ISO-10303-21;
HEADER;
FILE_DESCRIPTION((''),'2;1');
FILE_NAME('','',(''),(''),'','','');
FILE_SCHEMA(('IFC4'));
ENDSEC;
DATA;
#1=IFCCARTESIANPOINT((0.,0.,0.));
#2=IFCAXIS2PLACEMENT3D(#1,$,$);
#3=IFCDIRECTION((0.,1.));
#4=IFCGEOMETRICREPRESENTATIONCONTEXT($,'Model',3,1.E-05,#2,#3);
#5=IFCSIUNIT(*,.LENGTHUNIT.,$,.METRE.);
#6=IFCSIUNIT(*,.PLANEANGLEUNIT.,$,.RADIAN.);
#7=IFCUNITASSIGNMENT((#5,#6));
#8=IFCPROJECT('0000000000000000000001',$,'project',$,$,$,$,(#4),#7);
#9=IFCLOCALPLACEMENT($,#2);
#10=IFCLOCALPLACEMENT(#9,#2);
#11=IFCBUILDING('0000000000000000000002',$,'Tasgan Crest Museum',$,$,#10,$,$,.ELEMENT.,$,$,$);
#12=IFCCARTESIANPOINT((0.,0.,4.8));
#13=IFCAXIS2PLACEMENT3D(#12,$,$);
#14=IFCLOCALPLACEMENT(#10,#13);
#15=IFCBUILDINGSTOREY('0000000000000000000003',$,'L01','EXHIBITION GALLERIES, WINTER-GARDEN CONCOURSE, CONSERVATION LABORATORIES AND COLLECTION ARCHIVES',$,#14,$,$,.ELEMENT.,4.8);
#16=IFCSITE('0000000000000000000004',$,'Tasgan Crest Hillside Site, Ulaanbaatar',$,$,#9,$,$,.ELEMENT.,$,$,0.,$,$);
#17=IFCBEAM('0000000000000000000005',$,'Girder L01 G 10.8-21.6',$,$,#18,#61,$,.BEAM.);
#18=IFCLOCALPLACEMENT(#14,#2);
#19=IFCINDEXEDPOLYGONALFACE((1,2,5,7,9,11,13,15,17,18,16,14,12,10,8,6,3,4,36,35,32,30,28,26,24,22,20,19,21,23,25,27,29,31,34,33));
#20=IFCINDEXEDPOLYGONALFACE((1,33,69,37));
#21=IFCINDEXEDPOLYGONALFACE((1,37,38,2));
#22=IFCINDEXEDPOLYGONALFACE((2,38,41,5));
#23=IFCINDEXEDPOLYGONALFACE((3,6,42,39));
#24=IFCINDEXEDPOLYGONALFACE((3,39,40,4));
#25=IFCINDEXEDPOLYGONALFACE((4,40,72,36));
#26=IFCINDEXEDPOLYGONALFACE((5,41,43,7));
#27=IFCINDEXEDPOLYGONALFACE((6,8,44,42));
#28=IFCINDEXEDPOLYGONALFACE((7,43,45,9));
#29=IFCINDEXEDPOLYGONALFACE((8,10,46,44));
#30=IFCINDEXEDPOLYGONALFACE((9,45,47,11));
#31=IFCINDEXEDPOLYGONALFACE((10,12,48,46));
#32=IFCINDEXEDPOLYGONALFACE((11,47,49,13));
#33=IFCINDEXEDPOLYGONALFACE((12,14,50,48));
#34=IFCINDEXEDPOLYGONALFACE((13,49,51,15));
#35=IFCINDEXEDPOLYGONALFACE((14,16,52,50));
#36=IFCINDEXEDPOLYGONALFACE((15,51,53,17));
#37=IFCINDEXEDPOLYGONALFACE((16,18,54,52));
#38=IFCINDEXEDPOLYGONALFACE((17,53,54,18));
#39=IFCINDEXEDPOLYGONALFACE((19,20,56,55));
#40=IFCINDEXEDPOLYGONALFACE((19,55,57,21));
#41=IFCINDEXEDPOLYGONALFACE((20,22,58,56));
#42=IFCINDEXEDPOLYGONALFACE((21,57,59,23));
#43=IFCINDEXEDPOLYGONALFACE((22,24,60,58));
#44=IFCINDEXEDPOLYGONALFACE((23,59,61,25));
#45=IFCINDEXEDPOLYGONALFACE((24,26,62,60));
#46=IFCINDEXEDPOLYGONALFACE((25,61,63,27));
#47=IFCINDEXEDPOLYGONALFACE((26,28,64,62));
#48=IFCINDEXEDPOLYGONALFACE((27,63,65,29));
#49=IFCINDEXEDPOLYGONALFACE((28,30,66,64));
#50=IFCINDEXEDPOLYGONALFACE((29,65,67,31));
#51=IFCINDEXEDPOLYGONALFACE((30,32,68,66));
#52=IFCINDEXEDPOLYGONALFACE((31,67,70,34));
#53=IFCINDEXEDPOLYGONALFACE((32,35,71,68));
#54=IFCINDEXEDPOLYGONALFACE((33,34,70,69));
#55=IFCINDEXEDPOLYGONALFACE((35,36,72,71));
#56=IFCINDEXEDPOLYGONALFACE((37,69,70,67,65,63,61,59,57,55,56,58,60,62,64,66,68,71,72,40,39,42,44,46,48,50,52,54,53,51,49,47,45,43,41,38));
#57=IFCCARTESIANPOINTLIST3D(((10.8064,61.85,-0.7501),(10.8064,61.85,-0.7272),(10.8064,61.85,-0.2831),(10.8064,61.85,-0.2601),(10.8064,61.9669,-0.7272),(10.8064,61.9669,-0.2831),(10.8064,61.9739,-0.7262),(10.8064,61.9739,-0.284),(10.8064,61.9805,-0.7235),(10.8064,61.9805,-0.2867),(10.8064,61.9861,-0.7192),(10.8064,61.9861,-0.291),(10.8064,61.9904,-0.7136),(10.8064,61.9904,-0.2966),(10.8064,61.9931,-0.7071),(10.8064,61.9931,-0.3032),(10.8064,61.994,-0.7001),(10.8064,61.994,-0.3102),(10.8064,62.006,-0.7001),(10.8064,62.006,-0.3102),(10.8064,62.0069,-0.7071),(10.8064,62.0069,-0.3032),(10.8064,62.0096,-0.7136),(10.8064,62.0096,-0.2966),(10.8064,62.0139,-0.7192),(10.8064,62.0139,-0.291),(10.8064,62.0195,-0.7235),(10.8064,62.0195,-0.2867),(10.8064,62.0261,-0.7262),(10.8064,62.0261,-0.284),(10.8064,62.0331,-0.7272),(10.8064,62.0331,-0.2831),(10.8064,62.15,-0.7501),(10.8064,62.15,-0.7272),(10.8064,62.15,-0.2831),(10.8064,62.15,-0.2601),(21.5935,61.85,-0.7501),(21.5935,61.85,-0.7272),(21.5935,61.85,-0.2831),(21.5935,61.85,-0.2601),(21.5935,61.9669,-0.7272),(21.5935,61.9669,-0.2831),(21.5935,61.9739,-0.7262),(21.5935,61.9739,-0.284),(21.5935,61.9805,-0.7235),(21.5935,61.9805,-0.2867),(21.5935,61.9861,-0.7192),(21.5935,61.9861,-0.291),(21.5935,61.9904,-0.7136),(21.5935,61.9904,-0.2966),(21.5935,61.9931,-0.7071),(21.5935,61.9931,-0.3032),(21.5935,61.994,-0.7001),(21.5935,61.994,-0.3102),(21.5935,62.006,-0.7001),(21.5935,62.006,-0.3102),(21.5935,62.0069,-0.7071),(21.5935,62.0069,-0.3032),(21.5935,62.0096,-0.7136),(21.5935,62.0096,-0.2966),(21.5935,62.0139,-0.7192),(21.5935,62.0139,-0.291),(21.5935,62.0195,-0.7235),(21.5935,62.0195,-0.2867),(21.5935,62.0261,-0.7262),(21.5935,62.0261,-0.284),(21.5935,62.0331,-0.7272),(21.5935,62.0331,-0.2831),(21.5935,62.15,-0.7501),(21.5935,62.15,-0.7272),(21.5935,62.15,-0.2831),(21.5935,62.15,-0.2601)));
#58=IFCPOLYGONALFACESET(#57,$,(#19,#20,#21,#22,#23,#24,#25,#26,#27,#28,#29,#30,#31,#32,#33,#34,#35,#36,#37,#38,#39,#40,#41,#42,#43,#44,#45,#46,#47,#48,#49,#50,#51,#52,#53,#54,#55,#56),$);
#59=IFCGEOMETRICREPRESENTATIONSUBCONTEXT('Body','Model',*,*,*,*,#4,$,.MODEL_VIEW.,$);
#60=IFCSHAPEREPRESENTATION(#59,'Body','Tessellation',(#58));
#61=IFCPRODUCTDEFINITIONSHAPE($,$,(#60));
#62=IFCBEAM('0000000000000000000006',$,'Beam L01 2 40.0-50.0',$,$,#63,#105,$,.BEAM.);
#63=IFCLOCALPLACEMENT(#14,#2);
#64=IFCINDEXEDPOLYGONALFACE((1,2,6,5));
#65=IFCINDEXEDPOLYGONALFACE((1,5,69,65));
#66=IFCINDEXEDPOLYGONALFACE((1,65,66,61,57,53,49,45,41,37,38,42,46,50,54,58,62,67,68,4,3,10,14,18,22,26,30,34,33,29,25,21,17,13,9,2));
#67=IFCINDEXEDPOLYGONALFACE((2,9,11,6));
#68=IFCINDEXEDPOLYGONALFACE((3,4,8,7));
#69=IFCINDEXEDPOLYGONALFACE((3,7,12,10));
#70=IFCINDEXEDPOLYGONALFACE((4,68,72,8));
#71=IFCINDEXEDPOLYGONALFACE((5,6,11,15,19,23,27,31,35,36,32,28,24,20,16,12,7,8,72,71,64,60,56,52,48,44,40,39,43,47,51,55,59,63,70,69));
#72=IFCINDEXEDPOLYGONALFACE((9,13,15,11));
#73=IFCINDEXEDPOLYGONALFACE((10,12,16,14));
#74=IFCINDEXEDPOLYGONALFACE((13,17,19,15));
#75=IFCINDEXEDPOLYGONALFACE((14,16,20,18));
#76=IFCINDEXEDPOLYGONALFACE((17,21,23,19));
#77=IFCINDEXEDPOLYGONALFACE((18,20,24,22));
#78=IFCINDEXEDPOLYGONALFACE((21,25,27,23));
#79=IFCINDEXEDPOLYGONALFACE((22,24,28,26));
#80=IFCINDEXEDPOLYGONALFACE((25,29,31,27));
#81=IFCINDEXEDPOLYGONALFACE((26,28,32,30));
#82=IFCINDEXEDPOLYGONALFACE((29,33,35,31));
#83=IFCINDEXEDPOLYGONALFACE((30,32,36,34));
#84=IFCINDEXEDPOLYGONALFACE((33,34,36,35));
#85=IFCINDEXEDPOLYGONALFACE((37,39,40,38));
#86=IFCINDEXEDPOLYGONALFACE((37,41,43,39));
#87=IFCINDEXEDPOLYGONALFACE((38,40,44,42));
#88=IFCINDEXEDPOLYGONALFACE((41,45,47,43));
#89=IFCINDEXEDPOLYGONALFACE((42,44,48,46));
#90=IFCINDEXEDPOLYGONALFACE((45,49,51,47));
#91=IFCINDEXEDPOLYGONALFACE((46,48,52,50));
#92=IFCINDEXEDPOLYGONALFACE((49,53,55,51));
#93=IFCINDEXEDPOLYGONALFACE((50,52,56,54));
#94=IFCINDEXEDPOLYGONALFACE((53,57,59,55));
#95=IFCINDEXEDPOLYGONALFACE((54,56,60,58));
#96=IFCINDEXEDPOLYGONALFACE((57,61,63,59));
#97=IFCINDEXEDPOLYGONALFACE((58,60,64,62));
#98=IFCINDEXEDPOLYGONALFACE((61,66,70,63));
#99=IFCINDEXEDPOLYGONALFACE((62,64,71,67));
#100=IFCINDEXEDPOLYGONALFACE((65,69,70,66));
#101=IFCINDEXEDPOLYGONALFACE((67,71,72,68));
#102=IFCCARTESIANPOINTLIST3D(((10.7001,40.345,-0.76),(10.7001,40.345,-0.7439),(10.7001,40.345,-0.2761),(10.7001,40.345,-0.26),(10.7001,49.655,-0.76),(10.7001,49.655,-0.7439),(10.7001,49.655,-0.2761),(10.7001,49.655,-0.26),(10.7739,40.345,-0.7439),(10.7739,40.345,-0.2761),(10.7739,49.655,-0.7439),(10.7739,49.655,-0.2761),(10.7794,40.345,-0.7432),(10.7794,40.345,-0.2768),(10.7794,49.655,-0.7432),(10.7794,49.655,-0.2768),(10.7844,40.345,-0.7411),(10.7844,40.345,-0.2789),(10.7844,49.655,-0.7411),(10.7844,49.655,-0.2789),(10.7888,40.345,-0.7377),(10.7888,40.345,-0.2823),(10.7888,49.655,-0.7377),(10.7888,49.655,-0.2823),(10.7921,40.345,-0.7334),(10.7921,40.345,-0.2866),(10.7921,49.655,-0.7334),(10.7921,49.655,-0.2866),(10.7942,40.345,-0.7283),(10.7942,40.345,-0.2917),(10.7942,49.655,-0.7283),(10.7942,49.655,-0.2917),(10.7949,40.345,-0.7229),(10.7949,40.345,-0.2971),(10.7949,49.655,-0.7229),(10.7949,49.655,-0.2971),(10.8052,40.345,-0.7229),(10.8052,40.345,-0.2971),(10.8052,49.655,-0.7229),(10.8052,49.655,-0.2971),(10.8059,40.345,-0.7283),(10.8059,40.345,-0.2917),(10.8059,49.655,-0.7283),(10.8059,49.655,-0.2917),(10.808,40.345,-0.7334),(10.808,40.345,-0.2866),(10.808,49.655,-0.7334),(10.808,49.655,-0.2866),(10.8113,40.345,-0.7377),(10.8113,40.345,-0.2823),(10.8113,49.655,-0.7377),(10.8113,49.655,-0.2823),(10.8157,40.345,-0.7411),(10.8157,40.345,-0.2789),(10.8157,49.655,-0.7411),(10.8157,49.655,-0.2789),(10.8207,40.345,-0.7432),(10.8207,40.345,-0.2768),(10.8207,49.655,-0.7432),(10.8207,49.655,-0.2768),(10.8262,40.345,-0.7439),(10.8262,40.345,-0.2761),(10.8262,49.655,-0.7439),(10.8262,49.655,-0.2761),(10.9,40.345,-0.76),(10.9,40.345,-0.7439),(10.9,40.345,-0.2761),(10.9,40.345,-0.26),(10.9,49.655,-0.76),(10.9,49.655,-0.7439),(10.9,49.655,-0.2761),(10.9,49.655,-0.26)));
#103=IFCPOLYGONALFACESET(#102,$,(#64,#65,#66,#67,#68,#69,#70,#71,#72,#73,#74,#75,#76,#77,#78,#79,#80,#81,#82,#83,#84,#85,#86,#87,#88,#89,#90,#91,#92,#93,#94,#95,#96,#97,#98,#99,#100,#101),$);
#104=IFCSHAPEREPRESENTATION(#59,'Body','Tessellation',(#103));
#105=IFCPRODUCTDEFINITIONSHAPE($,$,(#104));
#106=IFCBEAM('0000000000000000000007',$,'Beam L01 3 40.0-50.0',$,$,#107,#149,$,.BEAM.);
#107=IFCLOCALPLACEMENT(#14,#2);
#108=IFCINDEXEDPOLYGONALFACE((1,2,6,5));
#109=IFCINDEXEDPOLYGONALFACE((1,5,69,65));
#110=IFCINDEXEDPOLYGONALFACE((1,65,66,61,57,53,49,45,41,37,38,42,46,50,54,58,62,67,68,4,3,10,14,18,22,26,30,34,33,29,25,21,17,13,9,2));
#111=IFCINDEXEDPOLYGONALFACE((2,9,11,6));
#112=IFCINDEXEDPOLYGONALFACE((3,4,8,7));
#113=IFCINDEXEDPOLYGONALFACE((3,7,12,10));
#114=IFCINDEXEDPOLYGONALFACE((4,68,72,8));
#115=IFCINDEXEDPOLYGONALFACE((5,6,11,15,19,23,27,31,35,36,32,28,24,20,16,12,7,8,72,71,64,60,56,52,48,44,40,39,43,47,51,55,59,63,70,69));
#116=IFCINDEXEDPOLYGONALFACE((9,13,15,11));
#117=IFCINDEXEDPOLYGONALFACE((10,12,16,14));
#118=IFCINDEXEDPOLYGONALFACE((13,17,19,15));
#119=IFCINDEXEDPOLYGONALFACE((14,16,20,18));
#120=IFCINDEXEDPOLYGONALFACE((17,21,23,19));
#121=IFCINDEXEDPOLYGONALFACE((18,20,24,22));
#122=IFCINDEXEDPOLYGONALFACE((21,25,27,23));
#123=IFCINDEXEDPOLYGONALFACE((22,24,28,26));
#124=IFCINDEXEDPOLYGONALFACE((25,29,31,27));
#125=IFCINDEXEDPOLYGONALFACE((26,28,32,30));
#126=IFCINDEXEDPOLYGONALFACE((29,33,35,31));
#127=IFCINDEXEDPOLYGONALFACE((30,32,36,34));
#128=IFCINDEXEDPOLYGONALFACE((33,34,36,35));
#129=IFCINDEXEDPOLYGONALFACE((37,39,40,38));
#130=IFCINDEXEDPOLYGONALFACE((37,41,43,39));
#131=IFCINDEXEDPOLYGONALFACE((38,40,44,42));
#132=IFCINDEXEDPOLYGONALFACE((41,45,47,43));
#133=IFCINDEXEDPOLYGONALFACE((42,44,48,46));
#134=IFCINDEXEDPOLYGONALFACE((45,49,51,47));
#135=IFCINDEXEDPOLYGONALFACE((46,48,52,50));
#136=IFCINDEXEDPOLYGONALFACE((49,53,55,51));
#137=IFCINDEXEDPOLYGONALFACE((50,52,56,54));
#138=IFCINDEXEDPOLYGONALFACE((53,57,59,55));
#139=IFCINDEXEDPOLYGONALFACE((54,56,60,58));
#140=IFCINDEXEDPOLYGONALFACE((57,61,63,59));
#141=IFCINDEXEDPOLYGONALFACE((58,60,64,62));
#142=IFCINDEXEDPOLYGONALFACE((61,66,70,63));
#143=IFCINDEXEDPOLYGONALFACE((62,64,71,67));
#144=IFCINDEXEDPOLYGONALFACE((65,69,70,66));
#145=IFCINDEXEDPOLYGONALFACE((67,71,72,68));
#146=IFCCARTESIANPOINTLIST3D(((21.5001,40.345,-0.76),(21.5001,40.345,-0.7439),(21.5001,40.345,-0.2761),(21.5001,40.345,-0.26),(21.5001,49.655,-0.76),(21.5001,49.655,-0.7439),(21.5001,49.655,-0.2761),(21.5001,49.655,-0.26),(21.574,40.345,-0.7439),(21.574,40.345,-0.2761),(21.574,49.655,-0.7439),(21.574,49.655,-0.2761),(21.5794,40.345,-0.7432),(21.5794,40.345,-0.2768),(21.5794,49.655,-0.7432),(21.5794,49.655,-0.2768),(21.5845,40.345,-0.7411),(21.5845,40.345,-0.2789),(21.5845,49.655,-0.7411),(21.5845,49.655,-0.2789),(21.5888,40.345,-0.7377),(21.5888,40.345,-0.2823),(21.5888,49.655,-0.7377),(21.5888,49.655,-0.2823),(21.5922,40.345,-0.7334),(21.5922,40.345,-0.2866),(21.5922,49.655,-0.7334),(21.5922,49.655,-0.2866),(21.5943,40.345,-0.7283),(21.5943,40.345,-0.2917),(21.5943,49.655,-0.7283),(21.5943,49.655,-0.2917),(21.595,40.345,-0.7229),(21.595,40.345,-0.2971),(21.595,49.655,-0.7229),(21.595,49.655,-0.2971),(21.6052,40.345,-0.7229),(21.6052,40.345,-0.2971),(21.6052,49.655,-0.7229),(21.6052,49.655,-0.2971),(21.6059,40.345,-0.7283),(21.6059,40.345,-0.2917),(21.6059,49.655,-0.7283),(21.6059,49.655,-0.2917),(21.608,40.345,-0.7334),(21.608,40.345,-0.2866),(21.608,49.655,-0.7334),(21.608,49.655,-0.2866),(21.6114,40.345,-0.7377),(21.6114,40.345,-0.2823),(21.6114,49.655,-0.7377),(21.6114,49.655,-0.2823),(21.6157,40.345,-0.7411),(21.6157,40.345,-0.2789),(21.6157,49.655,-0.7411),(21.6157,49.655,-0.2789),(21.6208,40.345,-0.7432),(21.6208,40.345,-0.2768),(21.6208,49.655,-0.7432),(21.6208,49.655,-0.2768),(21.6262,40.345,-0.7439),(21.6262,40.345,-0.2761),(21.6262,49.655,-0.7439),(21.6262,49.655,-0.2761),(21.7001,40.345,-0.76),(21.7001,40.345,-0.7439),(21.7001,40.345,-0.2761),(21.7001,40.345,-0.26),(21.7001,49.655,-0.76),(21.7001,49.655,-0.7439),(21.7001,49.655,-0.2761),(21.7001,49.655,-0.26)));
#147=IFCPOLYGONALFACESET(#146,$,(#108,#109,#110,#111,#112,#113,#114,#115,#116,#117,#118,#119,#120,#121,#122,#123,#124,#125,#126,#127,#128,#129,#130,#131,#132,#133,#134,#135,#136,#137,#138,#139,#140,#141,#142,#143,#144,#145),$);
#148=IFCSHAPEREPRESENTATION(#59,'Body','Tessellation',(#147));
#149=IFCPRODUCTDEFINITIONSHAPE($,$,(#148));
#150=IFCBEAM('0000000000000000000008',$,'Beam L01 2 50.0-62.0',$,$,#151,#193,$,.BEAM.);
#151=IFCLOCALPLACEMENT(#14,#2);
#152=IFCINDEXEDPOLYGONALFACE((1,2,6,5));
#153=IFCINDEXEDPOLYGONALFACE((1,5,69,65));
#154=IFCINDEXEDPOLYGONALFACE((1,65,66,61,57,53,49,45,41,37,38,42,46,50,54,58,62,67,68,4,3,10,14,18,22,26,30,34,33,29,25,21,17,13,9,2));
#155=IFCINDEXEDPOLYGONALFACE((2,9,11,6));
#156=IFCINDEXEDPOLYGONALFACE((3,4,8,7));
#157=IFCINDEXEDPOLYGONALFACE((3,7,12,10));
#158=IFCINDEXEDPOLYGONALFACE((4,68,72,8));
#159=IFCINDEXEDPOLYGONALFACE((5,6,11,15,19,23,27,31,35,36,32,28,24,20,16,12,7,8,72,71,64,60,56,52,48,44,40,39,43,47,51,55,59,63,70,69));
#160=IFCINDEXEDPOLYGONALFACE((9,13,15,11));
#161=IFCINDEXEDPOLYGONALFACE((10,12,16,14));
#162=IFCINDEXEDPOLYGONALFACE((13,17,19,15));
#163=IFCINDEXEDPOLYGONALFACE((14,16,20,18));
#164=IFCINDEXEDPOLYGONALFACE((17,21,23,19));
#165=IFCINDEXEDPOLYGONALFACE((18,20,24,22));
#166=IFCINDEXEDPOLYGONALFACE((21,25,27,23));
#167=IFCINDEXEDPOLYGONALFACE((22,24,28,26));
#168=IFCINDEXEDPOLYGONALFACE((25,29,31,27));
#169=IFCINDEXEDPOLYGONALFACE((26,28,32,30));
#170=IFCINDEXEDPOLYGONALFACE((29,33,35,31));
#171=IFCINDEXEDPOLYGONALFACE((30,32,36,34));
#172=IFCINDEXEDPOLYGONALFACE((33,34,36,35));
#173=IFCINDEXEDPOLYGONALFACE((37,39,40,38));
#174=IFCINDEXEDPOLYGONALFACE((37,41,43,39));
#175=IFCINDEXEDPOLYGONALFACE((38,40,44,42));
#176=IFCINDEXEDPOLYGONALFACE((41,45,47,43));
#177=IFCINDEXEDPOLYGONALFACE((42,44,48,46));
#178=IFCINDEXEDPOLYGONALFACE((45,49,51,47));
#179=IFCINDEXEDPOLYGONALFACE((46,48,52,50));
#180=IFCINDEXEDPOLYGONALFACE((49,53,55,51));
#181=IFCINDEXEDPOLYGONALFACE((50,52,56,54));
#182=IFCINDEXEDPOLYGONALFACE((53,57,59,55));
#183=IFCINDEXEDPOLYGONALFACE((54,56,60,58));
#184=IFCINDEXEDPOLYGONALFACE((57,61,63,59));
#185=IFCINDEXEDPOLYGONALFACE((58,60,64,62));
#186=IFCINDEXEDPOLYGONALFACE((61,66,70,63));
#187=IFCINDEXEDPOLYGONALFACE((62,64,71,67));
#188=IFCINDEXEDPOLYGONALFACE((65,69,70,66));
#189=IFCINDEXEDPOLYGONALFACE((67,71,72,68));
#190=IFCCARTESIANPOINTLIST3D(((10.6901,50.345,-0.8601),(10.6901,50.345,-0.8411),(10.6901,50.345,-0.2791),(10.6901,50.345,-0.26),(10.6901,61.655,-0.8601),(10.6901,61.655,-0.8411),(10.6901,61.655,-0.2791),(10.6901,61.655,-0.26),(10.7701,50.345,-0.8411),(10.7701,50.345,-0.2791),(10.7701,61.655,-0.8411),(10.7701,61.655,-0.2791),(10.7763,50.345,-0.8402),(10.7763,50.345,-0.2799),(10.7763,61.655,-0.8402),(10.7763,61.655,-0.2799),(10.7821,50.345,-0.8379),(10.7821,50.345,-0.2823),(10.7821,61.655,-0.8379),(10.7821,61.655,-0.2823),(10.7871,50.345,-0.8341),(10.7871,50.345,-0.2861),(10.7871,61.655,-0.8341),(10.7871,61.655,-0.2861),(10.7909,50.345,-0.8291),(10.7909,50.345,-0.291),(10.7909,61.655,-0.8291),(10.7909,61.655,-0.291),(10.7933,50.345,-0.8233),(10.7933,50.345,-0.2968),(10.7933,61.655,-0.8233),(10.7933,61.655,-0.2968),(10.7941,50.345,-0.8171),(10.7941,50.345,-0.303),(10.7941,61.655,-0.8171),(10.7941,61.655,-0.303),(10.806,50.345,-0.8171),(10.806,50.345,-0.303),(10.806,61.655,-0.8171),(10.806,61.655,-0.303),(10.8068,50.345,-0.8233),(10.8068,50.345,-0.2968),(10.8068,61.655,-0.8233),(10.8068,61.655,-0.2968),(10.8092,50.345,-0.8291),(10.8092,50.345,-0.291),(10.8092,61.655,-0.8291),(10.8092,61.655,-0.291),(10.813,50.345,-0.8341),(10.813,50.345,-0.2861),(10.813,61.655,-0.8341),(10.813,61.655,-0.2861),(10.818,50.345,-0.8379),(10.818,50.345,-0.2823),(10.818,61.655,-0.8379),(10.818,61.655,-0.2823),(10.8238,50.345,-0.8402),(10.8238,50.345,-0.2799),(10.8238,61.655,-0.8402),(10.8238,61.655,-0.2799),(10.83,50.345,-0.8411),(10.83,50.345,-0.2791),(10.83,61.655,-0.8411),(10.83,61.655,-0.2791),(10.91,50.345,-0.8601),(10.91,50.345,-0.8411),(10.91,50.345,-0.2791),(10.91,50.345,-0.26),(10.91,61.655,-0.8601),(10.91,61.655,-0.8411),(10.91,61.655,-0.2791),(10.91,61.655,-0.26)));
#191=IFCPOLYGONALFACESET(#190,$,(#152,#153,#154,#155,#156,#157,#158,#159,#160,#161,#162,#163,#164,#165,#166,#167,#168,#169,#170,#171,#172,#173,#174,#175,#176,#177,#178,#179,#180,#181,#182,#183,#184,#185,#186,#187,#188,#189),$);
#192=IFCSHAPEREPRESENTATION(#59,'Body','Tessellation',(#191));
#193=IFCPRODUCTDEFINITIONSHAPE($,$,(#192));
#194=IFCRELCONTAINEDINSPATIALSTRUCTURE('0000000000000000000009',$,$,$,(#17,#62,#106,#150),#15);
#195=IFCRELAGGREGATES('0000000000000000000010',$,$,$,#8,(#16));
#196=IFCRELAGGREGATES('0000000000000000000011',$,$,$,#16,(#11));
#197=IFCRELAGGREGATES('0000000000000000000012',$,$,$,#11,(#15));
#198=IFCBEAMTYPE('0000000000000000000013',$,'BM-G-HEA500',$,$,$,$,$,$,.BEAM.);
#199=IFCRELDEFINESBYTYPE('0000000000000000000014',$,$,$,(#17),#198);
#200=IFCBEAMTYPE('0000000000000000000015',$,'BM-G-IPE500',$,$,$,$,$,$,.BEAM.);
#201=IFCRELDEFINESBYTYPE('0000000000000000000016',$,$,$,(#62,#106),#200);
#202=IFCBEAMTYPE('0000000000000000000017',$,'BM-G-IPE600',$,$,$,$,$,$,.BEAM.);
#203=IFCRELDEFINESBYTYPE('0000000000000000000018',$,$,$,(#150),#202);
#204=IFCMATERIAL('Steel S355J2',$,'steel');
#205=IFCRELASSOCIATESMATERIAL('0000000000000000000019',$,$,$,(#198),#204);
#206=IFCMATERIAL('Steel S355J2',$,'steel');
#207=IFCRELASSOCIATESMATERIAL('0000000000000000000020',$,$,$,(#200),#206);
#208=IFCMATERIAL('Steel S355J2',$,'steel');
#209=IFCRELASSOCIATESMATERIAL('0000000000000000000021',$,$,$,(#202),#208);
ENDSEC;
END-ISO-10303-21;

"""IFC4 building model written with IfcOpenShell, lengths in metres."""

from ifc_helpers import new_model, si_unit, direction, frame, origin, origin_2d, place, context, subcontext, project, spatial, i_section, extrude, material, material_profile, profile_set, type_object, element, save


model = new_model("IFC4")

# Units and contexts
model_context = context("Model", 3, precision=1e-05, world=origin(), true_north=direction((0.0, 1.0)))
body_context = subcontext(model_context, "Body", "Model", "MODEL_VIEW")
ifc_project = project(units=[si_unit("LENGTHUNIT", "METRE"), si_unit("PLANEANGLEUNIT", "RADIAN")], contexts=[model_context])

# Site, building, storey
site_placement = place(None, origin())
site = spatial("IfcSite", under=ifc_project, at=site_placement, Name="Tasgan Crest Hillside Site, Ulaanbaatar", CompositionType="ELEMENT", RefElevation=0.0)
building_placement = place(site_placement, origin())
building = spatial("IfcBuilding", under=site, at=building_placement, Name="Tasgan Crest Museum", CompositionType="ELEMENT")
storey_placement = place(building_placement, frame((0.0, 0.0, 4.8)))
storey = spatial("IfcBuildingStorey", under=building, at=storey_placement, Name="L01", Description="EXHIBITION GALLERIES, WINTER-GARDEN CONCOURSE, CONSERVATION LABORATORIES AND COLLECTION ARCHIVES", CompositionType="ELEMENT", Elevation=4.8)

# Beams
ifc_material_1 = material(Name="Steel S355J2", Category="steel")
ifc_material_profile_1 = material_profile(ifc_material_1, i_section(OverallWidth=0.3, OverallDepth=0.49, WebThickness=0.012, FlangeThickness=0.0229, FilletRadius=0.0271, at=origin_2d()), Name="HEA 500")
ifc_profile_set_1 = profile_set([ifc_material_profile_1], Name="Steel S355J2")
beam_type_1 = type_object("IfcBeamType", Name="BM-G-HEA500", PredefinedType="BEAM", material=ifc_profile_set_1)
for number, where, z_axis, x_axis, name in (
    (1, (10.8064, 62.0, -0.5051), (1.0, 0.0, 0.0), (0.0, 1.0, 0.0), "Girder L01 G 10.8-21.6"),
):
    element("IfcBeam", number, at=place(storey_placement, frame(where, z_axis=z_axis, x_axis=x_axis)), inside=storey, type_object=beam_type_1, Name=name, PredefinedType="BEAM", context=body_context, shape_type="SweptSolid", body=[
        extrude(i_section(OverallWidth=0.3, OverallDepth=0.49, WebThickness=0.012, FlangeThickness=0.0229, FilletRadius=0.0271, at=origin_2d()), origin(), (0.0, 0.0, 1.0), 10.7871),
    ])
ifc_material_2 = material(Name="Steel S355J2", Category="steel")
ifc_material_profile_2 = material_profile(ifc_material_2, i_section(OverallWidth=0.2, OverallDepth=0.5, WebThickness=0.0103, FlangeThickness=0.0161, FilletRadius=0.021, at=origin_2d()), Name="IPE 500")
ifc_profile_set_2 = profile_set([ifc_material_profile_2], Name="Steel S355J2")
beam_type_2 = type_object("IfcBeamType", Name="BM-G-IPE500", PredefinedType="BEAM", material=ifc_profile_set_2)
for number, where, z_axis, x_axis, name in (
    (2, (10.8, 40.345, -0.51), (0.0, 1.0, 0.0), (-1.0, 0.0, 0.0), "Beam L01 2 40.0-50.0"),
    (3, (21.6001, 40.345, -0.51), (0.0, 1.0, 0.0), (-1.0, 0.0, 0.0), "Beam L01 3 40.0-50.0"),
):
    element("IfcBeam", number, at=place(storey_placement, frame(where, z_axis=z_axis, x_axis=x_axis)), inside=storey, type_object=beam_type_2, Name=name, PredefinedType="BEAM", context=body_context, shape_type="SweptSolid", body=[
        extrude(i_section(OverallWidth=0.2, OverallDepth=0.5, WebThickness=0.0103, FlangeThickness=0.0161, FilletRadius=0.021, at=origin_2d()), origin(), (0.0, 0.0, 1.0), 9.3101),
    ])
ifc_material_3 = material(Name="Steel S355J2", Category="steel")
ifc_material_profile_3 = material_profile(ifc_material_3, i_section(OverallWidth=0.22, OverallDepth=0.6001, WebThickness=0.012, FlangeThickness=0.019, FilletRadius=0.0239, at=origin_2d()), Name="IPE 600")
ifc_profile_set_3 = profile_set([ifc_material_profile_3], Name="Steel S355J2")
beam_type_3 = type_object("IfcBeamType", Name="BM-G-IPE600", PredefinedType="BEAM", material=ifc_profile_set_3)
beam_placement = place(storey_placement, frame((10.8, 50.345, -0.5601), z_axis=(0.0, 1.0, 0.0), x_axis=(-1.0, 0.0, 0.0)))
element("IfcBeam", 4, at=beam_placement, inside=storey, type_object=beam_type_3, Name="Beam L01 2 50.0-62.0", PredefinedType="BEAM", context=body_context, shape_type="SweptSolid", body=[
    extrude(i_section(OverallWidth=0.22, OverallDepth=0.6001, WebThickness=0.012, FlangeThickness=0.019, FilletRadius=0.0239, at=origin_2d()), origin(), (0.0, 0.0, 1.0), 11.3101),
])

save(model, "model.ifc")
